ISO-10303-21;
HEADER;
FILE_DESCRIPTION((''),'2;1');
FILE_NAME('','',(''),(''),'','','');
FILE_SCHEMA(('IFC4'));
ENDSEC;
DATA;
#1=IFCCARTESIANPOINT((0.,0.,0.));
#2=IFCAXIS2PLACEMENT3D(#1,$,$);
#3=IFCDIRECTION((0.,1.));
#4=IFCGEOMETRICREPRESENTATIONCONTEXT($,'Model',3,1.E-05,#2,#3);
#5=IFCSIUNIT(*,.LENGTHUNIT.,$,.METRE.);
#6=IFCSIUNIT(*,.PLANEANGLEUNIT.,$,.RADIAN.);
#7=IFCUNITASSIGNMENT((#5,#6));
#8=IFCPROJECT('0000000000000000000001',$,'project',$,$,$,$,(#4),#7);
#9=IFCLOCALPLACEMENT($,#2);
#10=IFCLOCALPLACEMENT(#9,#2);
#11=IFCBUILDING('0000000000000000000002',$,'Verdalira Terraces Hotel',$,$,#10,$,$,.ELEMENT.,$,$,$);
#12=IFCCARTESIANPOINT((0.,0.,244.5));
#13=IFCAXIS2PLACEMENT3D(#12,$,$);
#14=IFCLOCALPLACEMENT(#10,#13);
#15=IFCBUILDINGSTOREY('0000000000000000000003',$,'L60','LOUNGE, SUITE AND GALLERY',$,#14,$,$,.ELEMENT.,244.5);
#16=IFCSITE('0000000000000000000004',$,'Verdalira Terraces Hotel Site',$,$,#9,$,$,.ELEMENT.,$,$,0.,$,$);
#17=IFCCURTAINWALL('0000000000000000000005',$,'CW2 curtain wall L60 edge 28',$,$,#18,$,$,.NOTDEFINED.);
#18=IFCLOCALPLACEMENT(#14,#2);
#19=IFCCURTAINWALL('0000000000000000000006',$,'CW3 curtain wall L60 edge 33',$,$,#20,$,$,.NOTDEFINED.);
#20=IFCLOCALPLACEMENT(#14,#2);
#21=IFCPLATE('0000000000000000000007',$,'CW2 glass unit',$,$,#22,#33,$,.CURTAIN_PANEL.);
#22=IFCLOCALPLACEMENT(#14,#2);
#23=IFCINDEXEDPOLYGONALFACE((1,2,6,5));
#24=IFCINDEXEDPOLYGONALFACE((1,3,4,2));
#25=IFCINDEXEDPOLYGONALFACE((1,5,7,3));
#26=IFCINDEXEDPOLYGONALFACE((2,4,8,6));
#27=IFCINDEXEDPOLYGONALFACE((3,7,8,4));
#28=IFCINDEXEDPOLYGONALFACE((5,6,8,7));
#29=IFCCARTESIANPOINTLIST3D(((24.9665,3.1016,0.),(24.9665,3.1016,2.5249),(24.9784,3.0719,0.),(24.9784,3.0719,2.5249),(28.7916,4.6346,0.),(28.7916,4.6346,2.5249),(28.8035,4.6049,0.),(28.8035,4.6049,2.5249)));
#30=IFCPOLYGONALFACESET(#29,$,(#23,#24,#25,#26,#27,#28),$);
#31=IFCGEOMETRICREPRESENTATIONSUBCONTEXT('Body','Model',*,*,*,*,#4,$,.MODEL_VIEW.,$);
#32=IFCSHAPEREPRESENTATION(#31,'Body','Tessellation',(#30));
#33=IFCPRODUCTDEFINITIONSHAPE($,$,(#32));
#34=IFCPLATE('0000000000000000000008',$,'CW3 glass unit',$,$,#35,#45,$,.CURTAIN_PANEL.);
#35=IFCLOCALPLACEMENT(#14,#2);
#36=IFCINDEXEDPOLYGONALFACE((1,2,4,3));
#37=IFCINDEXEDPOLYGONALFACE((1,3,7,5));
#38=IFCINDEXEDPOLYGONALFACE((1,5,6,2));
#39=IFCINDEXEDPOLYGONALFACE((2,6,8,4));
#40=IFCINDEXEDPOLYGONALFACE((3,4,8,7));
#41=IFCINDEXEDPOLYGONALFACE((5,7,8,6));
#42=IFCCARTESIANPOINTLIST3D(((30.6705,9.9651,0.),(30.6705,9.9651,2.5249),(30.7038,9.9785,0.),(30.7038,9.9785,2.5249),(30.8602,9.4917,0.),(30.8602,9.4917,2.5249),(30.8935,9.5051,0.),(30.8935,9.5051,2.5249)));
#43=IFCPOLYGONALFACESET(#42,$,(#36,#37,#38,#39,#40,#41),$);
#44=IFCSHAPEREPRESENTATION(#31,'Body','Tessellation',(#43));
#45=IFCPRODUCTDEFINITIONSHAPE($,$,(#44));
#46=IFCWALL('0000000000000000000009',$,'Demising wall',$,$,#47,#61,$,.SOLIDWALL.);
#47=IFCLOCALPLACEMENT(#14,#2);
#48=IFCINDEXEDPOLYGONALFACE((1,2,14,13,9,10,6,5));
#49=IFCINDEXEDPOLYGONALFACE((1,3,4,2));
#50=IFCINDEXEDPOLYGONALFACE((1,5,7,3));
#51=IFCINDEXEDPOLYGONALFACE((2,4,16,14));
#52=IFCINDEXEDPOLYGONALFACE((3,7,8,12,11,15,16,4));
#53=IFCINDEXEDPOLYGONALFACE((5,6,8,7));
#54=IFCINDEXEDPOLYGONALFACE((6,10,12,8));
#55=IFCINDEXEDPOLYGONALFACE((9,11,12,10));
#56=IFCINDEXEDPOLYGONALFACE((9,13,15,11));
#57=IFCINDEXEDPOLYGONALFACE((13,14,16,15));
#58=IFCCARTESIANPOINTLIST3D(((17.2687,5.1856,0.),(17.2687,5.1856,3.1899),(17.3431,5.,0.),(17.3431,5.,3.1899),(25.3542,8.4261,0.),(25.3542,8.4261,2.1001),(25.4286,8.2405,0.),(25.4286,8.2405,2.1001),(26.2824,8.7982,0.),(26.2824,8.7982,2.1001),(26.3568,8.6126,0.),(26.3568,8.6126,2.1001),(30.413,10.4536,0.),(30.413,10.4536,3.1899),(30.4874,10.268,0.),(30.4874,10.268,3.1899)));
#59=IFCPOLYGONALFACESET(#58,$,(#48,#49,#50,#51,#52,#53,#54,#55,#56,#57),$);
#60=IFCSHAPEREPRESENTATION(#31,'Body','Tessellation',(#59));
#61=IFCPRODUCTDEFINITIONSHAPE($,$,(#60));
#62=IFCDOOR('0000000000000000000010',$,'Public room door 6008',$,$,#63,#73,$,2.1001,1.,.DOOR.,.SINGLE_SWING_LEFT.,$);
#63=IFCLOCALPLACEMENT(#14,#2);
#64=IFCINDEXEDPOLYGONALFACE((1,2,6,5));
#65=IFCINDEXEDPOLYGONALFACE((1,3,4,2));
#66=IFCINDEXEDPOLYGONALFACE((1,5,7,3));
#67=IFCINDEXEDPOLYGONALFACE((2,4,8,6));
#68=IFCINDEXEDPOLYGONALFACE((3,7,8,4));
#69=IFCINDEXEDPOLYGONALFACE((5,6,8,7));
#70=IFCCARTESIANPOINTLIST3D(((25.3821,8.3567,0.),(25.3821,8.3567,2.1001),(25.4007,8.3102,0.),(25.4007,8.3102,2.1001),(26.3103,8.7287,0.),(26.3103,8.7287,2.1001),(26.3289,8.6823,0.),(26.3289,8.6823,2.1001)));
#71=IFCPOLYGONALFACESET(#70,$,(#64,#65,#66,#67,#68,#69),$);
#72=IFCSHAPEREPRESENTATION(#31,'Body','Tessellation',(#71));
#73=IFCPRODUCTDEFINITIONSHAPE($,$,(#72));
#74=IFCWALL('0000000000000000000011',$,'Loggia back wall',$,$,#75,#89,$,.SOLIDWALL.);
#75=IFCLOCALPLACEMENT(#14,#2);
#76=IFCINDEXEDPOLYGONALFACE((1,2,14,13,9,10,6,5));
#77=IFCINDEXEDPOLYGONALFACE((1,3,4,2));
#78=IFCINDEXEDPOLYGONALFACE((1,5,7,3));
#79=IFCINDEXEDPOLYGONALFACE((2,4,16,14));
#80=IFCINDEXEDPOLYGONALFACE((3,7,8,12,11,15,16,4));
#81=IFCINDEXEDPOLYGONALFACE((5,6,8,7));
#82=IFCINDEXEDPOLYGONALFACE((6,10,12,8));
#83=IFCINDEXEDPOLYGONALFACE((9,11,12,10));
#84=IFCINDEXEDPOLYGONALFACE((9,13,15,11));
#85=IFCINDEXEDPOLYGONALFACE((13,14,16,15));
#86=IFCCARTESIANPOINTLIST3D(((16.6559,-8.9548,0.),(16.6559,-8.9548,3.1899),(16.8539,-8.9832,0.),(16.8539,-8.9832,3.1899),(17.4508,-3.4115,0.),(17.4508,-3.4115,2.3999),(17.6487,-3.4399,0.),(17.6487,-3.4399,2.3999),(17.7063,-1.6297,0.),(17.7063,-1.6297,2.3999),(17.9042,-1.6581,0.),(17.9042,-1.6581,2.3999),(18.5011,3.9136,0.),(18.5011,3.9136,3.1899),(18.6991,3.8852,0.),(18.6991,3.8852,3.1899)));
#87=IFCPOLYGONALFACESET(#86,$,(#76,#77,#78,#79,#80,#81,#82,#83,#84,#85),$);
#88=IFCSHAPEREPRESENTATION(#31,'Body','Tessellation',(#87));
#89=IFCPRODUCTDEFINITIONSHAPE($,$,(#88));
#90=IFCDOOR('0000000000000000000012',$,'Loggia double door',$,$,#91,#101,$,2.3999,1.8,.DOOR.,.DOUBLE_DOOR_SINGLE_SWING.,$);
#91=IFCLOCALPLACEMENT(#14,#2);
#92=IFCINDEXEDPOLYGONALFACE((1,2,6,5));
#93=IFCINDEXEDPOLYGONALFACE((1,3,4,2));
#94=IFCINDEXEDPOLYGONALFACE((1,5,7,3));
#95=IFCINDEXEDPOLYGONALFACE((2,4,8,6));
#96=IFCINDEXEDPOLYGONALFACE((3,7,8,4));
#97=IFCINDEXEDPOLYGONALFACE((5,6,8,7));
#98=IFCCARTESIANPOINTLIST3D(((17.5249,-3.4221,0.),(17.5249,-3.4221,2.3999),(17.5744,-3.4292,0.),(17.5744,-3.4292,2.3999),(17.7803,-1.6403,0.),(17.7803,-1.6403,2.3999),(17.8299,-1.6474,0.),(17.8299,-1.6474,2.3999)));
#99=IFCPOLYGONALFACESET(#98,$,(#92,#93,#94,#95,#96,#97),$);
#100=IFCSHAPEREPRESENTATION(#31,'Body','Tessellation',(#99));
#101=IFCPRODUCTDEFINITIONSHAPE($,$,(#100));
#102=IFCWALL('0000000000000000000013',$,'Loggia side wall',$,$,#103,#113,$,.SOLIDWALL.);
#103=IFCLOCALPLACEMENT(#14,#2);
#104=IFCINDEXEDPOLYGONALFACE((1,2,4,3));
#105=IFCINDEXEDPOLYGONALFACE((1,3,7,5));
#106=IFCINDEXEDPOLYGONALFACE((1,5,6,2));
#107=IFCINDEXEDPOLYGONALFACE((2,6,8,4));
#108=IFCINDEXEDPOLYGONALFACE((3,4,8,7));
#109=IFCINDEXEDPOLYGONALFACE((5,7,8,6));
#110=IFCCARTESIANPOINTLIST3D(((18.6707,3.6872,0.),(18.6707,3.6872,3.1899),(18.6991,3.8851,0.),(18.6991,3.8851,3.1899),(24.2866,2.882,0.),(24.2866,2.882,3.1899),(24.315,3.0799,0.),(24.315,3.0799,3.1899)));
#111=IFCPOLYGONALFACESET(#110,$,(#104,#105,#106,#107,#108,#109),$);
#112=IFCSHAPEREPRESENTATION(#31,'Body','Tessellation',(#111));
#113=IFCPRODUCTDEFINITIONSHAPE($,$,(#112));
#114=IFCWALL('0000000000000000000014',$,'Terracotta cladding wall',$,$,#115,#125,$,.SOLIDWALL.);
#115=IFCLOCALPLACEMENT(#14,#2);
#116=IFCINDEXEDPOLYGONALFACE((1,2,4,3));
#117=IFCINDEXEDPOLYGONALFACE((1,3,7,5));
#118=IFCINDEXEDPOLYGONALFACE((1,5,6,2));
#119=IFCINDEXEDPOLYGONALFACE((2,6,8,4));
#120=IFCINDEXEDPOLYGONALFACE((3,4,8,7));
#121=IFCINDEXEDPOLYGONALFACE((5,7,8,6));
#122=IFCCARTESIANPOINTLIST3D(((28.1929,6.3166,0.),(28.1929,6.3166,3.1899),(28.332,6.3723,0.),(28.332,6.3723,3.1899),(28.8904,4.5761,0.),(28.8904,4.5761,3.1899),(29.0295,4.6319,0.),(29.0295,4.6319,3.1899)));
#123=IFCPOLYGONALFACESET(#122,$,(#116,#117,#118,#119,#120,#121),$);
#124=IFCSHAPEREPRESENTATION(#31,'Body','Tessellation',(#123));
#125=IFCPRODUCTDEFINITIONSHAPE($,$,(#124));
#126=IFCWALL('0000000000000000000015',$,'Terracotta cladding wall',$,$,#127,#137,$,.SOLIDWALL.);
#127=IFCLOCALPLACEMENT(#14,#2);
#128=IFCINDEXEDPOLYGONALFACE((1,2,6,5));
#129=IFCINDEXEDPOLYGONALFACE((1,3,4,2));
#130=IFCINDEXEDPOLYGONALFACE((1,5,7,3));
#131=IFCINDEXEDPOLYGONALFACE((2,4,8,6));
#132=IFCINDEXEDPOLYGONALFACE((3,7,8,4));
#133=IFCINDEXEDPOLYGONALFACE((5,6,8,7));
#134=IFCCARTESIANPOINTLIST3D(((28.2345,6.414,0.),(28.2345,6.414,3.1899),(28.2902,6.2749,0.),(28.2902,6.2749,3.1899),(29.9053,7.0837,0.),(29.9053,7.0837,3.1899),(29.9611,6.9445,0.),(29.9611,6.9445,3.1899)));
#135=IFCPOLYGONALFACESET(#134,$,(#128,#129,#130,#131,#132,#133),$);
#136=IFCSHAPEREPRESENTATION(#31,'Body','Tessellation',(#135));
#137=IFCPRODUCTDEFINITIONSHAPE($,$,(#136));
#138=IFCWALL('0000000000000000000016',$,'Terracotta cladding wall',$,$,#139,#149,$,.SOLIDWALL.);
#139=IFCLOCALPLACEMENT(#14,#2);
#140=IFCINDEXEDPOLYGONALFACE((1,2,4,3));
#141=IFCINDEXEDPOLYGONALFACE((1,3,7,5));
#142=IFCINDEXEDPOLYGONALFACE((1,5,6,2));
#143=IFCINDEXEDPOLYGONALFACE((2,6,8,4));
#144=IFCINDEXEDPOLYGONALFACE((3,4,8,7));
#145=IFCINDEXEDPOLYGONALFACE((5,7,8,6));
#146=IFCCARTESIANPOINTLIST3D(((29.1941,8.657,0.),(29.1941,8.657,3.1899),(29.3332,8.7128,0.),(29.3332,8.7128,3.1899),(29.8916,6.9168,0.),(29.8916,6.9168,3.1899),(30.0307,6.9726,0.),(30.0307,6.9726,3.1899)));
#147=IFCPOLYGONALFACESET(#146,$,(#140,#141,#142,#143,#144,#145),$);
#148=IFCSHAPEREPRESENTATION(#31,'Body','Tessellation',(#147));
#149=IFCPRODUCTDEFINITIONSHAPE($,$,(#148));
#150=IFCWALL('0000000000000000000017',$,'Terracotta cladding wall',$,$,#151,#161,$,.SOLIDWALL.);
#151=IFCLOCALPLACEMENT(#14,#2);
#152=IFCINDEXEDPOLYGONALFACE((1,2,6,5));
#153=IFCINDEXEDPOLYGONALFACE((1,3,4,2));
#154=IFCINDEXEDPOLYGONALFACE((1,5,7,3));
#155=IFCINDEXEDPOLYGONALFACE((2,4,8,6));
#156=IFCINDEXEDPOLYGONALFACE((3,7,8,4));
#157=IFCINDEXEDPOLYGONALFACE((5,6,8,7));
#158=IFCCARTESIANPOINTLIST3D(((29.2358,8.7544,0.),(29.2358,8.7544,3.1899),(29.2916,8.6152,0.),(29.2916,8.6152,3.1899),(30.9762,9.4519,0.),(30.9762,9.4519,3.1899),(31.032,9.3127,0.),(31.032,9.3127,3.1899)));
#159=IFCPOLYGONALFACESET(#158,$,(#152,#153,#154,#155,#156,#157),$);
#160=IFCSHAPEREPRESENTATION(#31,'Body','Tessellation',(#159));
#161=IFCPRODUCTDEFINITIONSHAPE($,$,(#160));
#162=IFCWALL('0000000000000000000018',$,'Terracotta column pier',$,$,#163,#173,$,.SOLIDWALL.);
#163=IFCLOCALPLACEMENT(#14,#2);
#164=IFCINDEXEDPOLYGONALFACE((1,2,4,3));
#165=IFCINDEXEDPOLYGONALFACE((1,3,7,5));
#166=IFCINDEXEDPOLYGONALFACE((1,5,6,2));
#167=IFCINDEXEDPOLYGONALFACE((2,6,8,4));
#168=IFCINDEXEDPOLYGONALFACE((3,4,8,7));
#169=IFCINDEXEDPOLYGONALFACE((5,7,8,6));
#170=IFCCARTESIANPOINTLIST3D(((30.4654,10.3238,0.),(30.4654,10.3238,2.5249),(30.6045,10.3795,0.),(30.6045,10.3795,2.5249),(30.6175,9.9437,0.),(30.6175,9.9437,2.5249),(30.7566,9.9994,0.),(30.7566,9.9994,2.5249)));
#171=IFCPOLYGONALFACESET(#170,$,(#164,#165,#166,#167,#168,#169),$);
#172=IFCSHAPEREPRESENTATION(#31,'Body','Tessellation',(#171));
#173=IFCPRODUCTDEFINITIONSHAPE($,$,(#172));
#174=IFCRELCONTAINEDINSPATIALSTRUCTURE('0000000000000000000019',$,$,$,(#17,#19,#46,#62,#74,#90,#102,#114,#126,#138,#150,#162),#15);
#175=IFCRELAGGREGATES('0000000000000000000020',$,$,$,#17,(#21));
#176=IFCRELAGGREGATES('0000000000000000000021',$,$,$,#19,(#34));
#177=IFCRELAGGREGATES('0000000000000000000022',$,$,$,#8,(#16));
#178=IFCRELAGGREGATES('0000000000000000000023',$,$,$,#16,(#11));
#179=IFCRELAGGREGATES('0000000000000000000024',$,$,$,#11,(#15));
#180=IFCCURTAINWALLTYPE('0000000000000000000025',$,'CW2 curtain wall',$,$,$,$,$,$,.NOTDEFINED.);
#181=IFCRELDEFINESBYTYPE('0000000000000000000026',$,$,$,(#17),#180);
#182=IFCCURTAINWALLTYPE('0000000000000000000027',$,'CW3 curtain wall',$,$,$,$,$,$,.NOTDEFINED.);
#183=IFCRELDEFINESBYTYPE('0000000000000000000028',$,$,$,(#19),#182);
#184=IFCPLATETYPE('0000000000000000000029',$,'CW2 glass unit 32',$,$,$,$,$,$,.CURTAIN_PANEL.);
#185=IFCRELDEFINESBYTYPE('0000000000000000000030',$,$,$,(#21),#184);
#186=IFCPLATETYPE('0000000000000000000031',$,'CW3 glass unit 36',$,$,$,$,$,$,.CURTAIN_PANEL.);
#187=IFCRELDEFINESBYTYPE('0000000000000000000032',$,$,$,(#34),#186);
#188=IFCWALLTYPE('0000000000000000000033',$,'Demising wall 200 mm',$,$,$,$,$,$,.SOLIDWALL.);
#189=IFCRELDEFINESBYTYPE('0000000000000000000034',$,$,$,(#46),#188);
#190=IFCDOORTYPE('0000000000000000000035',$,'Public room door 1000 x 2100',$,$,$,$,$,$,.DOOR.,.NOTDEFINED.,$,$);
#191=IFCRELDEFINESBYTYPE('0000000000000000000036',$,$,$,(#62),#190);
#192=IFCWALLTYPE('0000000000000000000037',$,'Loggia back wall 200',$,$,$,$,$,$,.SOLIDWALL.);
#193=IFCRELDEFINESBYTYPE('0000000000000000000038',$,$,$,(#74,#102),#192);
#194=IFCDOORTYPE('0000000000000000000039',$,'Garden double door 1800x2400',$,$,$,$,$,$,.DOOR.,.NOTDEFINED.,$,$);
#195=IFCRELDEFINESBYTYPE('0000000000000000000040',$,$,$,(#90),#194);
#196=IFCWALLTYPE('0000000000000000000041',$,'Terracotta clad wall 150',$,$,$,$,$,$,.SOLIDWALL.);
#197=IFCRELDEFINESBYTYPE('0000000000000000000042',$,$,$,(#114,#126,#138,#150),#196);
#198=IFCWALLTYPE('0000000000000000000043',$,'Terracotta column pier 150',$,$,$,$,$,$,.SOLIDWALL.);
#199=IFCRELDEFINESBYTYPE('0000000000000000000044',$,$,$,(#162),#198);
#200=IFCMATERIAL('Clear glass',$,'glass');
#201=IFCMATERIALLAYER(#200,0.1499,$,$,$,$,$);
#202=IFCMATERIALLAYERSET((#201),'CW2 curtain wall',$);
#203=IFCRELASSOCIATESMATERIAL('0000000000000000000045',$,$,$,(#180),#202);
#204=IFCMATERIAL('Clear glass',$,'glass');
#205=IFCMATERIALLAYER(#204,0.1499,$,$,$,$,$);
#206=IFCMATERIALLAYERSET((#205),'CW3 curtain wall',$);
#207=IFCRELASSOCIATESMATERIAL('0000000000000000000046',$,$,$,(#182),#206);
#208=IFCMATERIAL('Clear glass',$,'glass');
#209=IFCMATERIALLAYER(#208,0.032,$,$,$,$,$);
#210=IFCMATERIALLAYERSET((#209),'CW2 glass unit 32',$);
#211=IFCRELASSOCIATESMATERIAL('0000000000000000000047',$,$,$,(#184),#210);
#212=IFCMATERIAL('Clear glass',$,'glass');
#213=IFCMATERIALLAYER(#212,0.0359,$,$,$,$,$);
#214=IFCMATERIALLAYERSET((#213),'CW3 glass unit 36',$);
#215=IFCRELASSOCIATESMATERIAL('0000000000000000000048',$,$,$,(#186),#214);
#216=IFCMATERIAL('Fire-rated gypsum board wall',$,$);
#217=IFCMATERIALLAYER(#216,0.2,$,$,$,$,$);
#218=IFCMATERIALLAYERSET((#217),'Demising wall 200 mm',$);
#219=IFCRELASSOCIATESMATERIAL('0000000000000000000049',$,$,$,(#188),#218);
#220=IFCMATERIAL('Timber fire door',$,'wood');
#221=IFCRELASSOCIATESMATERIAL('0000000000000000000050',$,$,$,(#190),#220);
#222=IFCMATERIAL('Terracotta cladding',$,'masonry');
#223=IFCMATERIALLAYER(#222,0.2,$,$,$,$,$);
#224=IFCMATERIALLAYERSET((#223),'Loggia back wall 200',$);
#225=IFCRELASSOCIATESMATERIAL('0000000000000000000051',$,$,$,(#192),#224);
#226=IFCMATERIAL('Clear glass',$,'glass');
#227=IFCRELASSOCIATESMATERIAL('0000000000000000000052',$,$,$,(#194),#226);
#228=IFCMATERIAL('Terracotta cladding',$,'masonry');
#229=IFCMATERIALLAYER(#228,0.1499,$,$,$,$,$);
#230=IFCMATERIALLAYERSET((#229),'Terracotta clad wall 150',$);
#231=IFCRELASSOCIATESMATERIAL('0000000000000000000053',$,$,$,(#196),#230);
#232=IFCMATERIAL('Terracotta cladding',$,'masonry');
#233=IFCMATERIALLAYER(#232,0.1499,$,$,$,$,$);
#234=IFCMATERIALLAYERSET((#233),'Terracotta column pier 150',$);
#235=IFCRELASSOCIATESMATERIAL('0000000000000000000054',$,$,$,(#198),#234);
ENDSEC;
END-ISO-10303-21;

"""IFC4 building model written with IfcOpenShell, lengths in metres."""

from ifc_helpers import new_model, si_unit, direction, frame, frame_2d, origin, origin_2d, place, context, subcontext, project, spatial, rectangle, extrude, material, layer, layer_set, type_object, element, fill, aggregate, save


model = new_model("IFC4")

# Units and contexts
model_context = context("Model", 3, precision=1e-05, world=origin(), true_north=direction((0.0, 1.0)))
body_context = subcontext(model_context, "Body", "Model", "MODEL_VIEW")
ifc_project = project(units=[si_unit("LENGTHUNIT", "METRE"), si_unit("PLANEANGLEUNIT", "RADIAN")], contexts=[model_context])

# Site, building, storey
site_placement = place(None, origin())
site = spatial("IfcSite", under=ifc_project, at=site_placement, Name="Verdalira Terraces Hotel Site", CompositionType="ELEMENT", RefElevation=0.0)
building_placement = place(site_placement, origin())
building = spatial("IfcBuilding", under=site, at=building_placement, Name="Verdalira Terraces Hotel", CompositionType="ELEMENT")
storey_placement = place(building_placement, frame((0.0, 0.0, 244.5)))
storey = spatial("IfcBuildingStorey", under=building, at=storey_placement, Name="L60", Description="LOUNGE, SUITE AND GALLERY", CompositionType="ELEMENT", Elevation=244.5)

# Curtain walls
ifc_material_1 = material(Name="Clear glass", Category="glass")
ifc_layer_1 = layer(ifc_material_1, 0.1499)
ifc_layer_set_1 = layer_set([ifc_layer_1], Name="CW2 curtain wall")
curtain_wall_type_1 = type_object("IfcCurtainWallType", Name="CW2 curtain wall", PredefinedType="NOTDEFINED", material=ifc_layer_set_1)
curtain_wall_1_placement = place(storey_placement, origin())
curtain_wall_1 = element("IfcCurtainWall", 1, at=curtain_wall_1_placement, inside=storey, type_object=curtain_wall_type_1, Name="CW2 curtain wall L60 edge 28", PredefinedType="NOTDEFINED")
ifc_material_2 = material(Name="Clear glass", Category="glass")
ifc_layer_2 = layer(ifc_material_2, 0.1499)
ifc_layer_set_2 = layer_set([ifc_layer_2], Name="CW3 curtain wall")
curtain_wall_type_2 = type_object("IfcCurtainWallType", Name="CW3 curtain wall", PredefinedType="NOTDEFINED", material=ifc_layer_set_2)
curtain_wall_2_placement = place(storey_placement, origin())
curtain_wall_2 = element("IfcCurtainWall", 2, at=curtain_wall_2_placement, inside=storey, type_object=curtain_wall_type_2, Name="CW3 curtain wall L60 edge 33", PredefinedType="NOTDEFINED")

# Plates
ifc_material_3 = material(Name="Clear glass", Category="glass")
ifc_layer_3 = layer(ifc_material_3, 0.032)
ifc_layer_set_3 = layer_set([ifc_layer_3], Name="CW2 glass unit 32")
plate_type_1 = type_object("IfcPlateType", Name="CW2 glass unit 32", PredefinedType="CURTAIN_PANEL", material=ifc_layer_set_3)
plate_1_placement = place(storey_placement, frame((26.885, 3.8533, 0.0), z_axis=(0.0, 0.0, 1.0), x_axis=(0.928226, 0.372016, 0.0)))
plate_1 = element("IfcPlate", 3, at=plate_1_placement, type_object=plate_type_1, Name="CW2 glass unit", PredefinedType="CURTAIN_PANEL", context=body_context, shape_type="SweptSolid", body=[
    extrude(rectangle(XDim=4.1208, YDim=0.032, at=origin_2d()), origin(), (0.0, 0.0, 1.0), 2.5249),
])
aggregate(curtain_wall_1, [plate_1])
ifc_material_4 = material(Name="Clear glass", Category="glass")
ifc_layer_4 = layer(ifc_material_4, 0.0359)
ifc_layer_set_4 = layer_set([ifc_layer_4], Name="CW3 glass unit 36")
plate_type_2 = type_object("IfcPlateType", Name="CW3 glass unit 36", PredefinedType="CURTAIN_PANEL", material=ifc_layer_set_4)
plate_2_placement = place(storey_placement, frame((30.782, 9.7351, 0.0), z_axis=(0.0, 0.0, 1.0), x_axis=(-0.372016, 0.928226, 0.0)))
plate_2 = element("IfcPlate", 4, at=plate_2_placement, type_object=plate_type_2, Name="CW3 glass unit", PredefinedType="CURTAIN_PANEL", context=body_context, shape_type="SweptSolid", body=[
    extrude(rectangle(XDim=0.51, YDim=0.0359, at=origin_2d()), origin(), (0.0, 0.0, 1.0), 2.5249),
])
aggregate(curtain_wall_2, [plate_2])

# Walls, openings, doors
ifc_material_5 = material(Name="Fire-rated gypsum board wall")
ifc_layer_5 = layer(ifc_material_5, 0.2)
ifc_layer_set_5 = layer_set([ifc_layer_5], Name="Demising wall 200 mm")
wall_type_1 = type_object("IfcWallType", Name="Demising wall 200 mm", PredefinedType="SOLIDWALL", material=ifc_layer_set_5)
wall_1_placement = place(storey_placement, frame((30.4502, 10.3608, 0.0), z_axis=(0.0, 0.0, 1.0), x_axis=(-0.928224, -0.372021, 0.0)))
wall_1 = element("IfcWall", 5, at=wall_1_placement, inside=storey, type_object=wall_type_1, Name="Demising wall", PredefinedType="SOLIDWALL", context=body_context, shape_type="SweptSolid", body=[
    extrude(rectangle(XDim=14.1606, YDim=0.2, at=frame_2d((7.0803, 0.0))), origin(), (0.0, 0.0, 1.0), 3.1899),
])
opening_1_placement = place(wall_1_placement, frame((4.45, 0.0, 0.0)))
opening_1 = element("IfcOpeningElement", 6, at=opening_1_placement, cuts=wall_1, PredefinedType="OPENING", context=body_context, shape_type="SweptSolid", body=[
    extrude(rectangle(XDim=1.0, YDim=2.1001, at=frame_2d((0.5, 1.05))), frame((0.0, 0.1099, 0.0), z_axis=(0.0, -1.0, 0.0), x_axis=(1.0, 0.0, 0.0)), (0.0, 0.0, 1.0), 0.22),
])
ifc_material_6 = material(Name="Timber fire door", Category="wood")
door_type_1 = type_object("IfcDoorType", Name="Public room door 1000 x 2100", OperationType="NOTDEFINED", PredefinedType="DOOR", material=ifc_material_6)
door_1_placement = place(opening_1_placement, origin())
door_1 = element("IfcDoor", 7, at=door_1_placement, inside=storey, type_object=door_type_1, Name="Public room door 6008", OperationType="SINGLE_SWING_LEFT", OverallHeight=2.1001, OverallWidth=1.0, PredefinedType="DOOR", context=body_context, shape_type="SweptSolid", body=[
    extrude(rectangle(XDim=1.0, YDim=2.1001, at=frame_2d((0.5, 1.05))), frame((0.0, 0.0249, 0.0), z_axis=(0.0, -1.0, 0.0), x_axis=(1.0, 0.0, 0.0)), (0.0, 0.0, 1.0), 0.05),
])
fill(opening_1, door_1)
ifc_material_7 = material(Name="Terracotta cladding", Category="masonry")
ifc_layer_6 = layer(ifc_material_7, 0.2)
ifc_layer_set_6 = layer_set([ifc_layer_6], Name="Loggia back wall 200")
wall_type_2 = type_object("IfcWallType", Name="Loggia back wall 200", PredefinedType="SOLIDWALL", material=ifc_layer_set_6)
wall_2_placement = place(storey_placement, frame((18.6001, 3.8994, 0.0), z_axis=(0.0, 0.0, 1.0), x_axis=(-0.141939, -0.989875, 0.0)))
wall_2 = element("IfcWall", 8, at=wall_2_placement, inside=storey, type_object=wall_type_2, Name="Loggia back wall", PredefinedType="SOLIDWALL", context=body_context, shape_type="SweptSolid", body=[
    extrude(rectangle(XDim=13.0, YDim=0.2, at=frame_2d((6.5, 0.0))), origin(), (0.0, 0.0, 1.0), 3.1899),
])
opening_2_placement = place(wall_2_placement, frame((5.6001, 0.0, 0.0)))
opening_2 = element("IfcOpeningElement", 9, at=opening_2_placement, cuts=wall_2, PredefinedType="OPENING", context=body_context, shape_type="SweptSolid", body=[
    extrude(rectangle(XDim=1.8, YDim=2.3999, at=frame_2d((0.8999, 1.2))), frame((0.0, 0.1099, 0.0), z_axis=(0.0, -1.0, 0.0), x_axis=(1.0, 0.0, 0.0)), (0.0, 0.0, 1.0), 0.22),
])
ifc_material_8 = material(Name="Clear glass", Category="glass")
door_type_2 = type_object("IfcDoorType", Name="Garden double door 1800x2400", OperationType="NOTDEFINED", PredefinedType="DOOR", material=ifc_material_8)
door_2_placement = place(opening_2_placement, origin())
door_2 = element("IfcDoor", 10, at=door_2_placement, inside=storey, type_object=door_type_2, Name="Loggia double door", OperationType="DOUBLE_DOOR_SINGLE_SWING", OverallHeight=2.3999, OverallWidth=1.8, PredefinedType="DOOR", context=body_context, shape_type="SweptSolid", body=[
    extrude(rectangle(XDim=1.8, YDim=2.3999, at=frame_2d((0.8999, 1.2))), frame((0.0, 0.0249, 0.0), z_axis=(0.0, -1.0, 0.0), x_axis=(1.0, 0.0, 0.0)), (0.0, 0.0, 1.0), 0.05),
])
fill(opening_2, door_2)

# Walls
wall_3_placement = place(storey_placement, frame((24.3008, 2.981, 0.0), z_axis=(0.0, 0.0, 1.0), x_axis=(-0.989878, 0.141921, 0.0)))
element("IfcWall", 11, at=wall_3_placement, inside=storey, type_object=wall_type_2, Name="Loggia side wall", PredefinedType="SOLIDWALL", context=body_context, shape_type="SweptSolid", body=[
    extrude(rectangle(XDim=5.6733, YDim=0.2, at=frame_2d((2.8367, 0.0))), origin(), (0.0, 0.0, 1.0), 3.1899),
])
ifc_material_9 = material(Name="Terracotta cladding", Category="masonry")
ifc_layer_7 = layer(ifc_material_9, 0.1499)
ifc_layer_set_7 = layer_set([ifc_layer_7], Name="Terracotta clad wall 150")
wall_type_3 = type_object("IfcWallType", Name="Terracotta clad wall 150", PredefinedType="SOLIDWALL", material=ifc_layer_set_7)
wall_4_placement = place(storey_placement, frame((28.96, 4.604, 0.0), z_axis=(0.0, 0.0, 1.0), x_axis=(-0.371997, 0.928234, 0.0)))
element("IfcWall", 12, at=wall_4_placement, inside=storey, type_object=wall_type_3, Name="Terracotta cladding wall", PredefinedType="SOLIDWALL", context=body_context, shape_type="SweptSolid", body=[
    extrude(rectangle(XDim=1.875, YDim=0.1499, at=frame_2d((0.9375, 0.0))), origin(), (0.0, 0.0, 1.0), 3.1899),
])
wall_5_placement = place(storey_placement, frame((28.2625, 6.3445, 0.0), z_axis=(0.0, 0.0, 1.0), x_axis=(0.928224, 0.372022, 0.0)))
element("IfcWall", 13, at=wall_5_placement, inside=storey, type_object=wall_type_3, Name="Terracotta cladding wall", PredefinedType="SOLIDWALL", context=body_context, shape_type="SweptSolid", body=[
    extrude(rectangle(XDim=1.8, YDim=0.1499, at=frame_2d((0.8999, 0.0))), origin(), (0.0, 0.0, 1.0), 3.1899),
])
wall_6_placement = place(storey_placement, frame((29.9612, 6.9446, 0.0), z_axis=(0.0, 0.0, 1.0), x_axis=(-0.372042, 0.928216, 0.0)))
element("IfcWall", 14, at=wall_6_placement, inside=storey, type_object=wall_type_3, Name="Terracotta cladding wall", PredefinedType="SOLIDWALL", context=body_context, shape_type="SweptSolid", body=[
    extrude(rectangle(XDim=1.8748, YDim=0.1499, at=frame_2d((0.9375, 0.0))), origin(), (0.0, 0.0, 1.0), 3.1899),
])
wall_7_placement = place(storey_placement, frame((29.2637, 8.6848, 0.0), z_axis=(0.0, 0.0, 1.0), x_axis=(0.928234, 0.371997, 0.0)))
element("IfcWall", 15, at=wall_7_placement, inside=storey, type_object=wall_type_3, Name="Terracotta cladding wall", PredefinedType="SOLIDWALL", context=body_context, shape_type="SweptSolid", body=[
    extrude(rectangle(XDim=1.875, YDim=0.1499, at=frame_2d((0.9375, 0.0))), origin(), (0.0, 0.0, 1.0), 3.1899),
])
ifc_material_10 = material(Name="Terracotta cladding", Category="masonry")
ifc_layer_8 = layer(ifc_material_10, 0.1499)
ifc_layer_set_8 = layer_set([ifc_layer_8], Name="Terracotta column pier 150")
wall_type_4 = type_object("IfcWallType", Name="Terracotta column pier 150", PredefinedType="SOLIDWALL", material=ifc_layer_set_8)
wall_8_placement = place(storey_placement, frame((30.687, 9.9717, 0.0), z_axis=(0.0, 0.0, 1.0), x_axis=(-0.371493, 0.928436, 0.0)))
element("IfcWall", 16, at=wall_8_placement, inside=storey, type_object=wall_type_4, Name="Terracotta column pier", PredefinedType="SOLIDWALL", context=body_context, shape_type="SweptSolid", body=[
    extrude(rectangle(XDim=0.4094, YDim=0.1499, at=frame_2d((0.2046, 0.0))), origin(), (0.0, 0.0, 1.0), 2.5249),
])

save(model, "model.ifc")
